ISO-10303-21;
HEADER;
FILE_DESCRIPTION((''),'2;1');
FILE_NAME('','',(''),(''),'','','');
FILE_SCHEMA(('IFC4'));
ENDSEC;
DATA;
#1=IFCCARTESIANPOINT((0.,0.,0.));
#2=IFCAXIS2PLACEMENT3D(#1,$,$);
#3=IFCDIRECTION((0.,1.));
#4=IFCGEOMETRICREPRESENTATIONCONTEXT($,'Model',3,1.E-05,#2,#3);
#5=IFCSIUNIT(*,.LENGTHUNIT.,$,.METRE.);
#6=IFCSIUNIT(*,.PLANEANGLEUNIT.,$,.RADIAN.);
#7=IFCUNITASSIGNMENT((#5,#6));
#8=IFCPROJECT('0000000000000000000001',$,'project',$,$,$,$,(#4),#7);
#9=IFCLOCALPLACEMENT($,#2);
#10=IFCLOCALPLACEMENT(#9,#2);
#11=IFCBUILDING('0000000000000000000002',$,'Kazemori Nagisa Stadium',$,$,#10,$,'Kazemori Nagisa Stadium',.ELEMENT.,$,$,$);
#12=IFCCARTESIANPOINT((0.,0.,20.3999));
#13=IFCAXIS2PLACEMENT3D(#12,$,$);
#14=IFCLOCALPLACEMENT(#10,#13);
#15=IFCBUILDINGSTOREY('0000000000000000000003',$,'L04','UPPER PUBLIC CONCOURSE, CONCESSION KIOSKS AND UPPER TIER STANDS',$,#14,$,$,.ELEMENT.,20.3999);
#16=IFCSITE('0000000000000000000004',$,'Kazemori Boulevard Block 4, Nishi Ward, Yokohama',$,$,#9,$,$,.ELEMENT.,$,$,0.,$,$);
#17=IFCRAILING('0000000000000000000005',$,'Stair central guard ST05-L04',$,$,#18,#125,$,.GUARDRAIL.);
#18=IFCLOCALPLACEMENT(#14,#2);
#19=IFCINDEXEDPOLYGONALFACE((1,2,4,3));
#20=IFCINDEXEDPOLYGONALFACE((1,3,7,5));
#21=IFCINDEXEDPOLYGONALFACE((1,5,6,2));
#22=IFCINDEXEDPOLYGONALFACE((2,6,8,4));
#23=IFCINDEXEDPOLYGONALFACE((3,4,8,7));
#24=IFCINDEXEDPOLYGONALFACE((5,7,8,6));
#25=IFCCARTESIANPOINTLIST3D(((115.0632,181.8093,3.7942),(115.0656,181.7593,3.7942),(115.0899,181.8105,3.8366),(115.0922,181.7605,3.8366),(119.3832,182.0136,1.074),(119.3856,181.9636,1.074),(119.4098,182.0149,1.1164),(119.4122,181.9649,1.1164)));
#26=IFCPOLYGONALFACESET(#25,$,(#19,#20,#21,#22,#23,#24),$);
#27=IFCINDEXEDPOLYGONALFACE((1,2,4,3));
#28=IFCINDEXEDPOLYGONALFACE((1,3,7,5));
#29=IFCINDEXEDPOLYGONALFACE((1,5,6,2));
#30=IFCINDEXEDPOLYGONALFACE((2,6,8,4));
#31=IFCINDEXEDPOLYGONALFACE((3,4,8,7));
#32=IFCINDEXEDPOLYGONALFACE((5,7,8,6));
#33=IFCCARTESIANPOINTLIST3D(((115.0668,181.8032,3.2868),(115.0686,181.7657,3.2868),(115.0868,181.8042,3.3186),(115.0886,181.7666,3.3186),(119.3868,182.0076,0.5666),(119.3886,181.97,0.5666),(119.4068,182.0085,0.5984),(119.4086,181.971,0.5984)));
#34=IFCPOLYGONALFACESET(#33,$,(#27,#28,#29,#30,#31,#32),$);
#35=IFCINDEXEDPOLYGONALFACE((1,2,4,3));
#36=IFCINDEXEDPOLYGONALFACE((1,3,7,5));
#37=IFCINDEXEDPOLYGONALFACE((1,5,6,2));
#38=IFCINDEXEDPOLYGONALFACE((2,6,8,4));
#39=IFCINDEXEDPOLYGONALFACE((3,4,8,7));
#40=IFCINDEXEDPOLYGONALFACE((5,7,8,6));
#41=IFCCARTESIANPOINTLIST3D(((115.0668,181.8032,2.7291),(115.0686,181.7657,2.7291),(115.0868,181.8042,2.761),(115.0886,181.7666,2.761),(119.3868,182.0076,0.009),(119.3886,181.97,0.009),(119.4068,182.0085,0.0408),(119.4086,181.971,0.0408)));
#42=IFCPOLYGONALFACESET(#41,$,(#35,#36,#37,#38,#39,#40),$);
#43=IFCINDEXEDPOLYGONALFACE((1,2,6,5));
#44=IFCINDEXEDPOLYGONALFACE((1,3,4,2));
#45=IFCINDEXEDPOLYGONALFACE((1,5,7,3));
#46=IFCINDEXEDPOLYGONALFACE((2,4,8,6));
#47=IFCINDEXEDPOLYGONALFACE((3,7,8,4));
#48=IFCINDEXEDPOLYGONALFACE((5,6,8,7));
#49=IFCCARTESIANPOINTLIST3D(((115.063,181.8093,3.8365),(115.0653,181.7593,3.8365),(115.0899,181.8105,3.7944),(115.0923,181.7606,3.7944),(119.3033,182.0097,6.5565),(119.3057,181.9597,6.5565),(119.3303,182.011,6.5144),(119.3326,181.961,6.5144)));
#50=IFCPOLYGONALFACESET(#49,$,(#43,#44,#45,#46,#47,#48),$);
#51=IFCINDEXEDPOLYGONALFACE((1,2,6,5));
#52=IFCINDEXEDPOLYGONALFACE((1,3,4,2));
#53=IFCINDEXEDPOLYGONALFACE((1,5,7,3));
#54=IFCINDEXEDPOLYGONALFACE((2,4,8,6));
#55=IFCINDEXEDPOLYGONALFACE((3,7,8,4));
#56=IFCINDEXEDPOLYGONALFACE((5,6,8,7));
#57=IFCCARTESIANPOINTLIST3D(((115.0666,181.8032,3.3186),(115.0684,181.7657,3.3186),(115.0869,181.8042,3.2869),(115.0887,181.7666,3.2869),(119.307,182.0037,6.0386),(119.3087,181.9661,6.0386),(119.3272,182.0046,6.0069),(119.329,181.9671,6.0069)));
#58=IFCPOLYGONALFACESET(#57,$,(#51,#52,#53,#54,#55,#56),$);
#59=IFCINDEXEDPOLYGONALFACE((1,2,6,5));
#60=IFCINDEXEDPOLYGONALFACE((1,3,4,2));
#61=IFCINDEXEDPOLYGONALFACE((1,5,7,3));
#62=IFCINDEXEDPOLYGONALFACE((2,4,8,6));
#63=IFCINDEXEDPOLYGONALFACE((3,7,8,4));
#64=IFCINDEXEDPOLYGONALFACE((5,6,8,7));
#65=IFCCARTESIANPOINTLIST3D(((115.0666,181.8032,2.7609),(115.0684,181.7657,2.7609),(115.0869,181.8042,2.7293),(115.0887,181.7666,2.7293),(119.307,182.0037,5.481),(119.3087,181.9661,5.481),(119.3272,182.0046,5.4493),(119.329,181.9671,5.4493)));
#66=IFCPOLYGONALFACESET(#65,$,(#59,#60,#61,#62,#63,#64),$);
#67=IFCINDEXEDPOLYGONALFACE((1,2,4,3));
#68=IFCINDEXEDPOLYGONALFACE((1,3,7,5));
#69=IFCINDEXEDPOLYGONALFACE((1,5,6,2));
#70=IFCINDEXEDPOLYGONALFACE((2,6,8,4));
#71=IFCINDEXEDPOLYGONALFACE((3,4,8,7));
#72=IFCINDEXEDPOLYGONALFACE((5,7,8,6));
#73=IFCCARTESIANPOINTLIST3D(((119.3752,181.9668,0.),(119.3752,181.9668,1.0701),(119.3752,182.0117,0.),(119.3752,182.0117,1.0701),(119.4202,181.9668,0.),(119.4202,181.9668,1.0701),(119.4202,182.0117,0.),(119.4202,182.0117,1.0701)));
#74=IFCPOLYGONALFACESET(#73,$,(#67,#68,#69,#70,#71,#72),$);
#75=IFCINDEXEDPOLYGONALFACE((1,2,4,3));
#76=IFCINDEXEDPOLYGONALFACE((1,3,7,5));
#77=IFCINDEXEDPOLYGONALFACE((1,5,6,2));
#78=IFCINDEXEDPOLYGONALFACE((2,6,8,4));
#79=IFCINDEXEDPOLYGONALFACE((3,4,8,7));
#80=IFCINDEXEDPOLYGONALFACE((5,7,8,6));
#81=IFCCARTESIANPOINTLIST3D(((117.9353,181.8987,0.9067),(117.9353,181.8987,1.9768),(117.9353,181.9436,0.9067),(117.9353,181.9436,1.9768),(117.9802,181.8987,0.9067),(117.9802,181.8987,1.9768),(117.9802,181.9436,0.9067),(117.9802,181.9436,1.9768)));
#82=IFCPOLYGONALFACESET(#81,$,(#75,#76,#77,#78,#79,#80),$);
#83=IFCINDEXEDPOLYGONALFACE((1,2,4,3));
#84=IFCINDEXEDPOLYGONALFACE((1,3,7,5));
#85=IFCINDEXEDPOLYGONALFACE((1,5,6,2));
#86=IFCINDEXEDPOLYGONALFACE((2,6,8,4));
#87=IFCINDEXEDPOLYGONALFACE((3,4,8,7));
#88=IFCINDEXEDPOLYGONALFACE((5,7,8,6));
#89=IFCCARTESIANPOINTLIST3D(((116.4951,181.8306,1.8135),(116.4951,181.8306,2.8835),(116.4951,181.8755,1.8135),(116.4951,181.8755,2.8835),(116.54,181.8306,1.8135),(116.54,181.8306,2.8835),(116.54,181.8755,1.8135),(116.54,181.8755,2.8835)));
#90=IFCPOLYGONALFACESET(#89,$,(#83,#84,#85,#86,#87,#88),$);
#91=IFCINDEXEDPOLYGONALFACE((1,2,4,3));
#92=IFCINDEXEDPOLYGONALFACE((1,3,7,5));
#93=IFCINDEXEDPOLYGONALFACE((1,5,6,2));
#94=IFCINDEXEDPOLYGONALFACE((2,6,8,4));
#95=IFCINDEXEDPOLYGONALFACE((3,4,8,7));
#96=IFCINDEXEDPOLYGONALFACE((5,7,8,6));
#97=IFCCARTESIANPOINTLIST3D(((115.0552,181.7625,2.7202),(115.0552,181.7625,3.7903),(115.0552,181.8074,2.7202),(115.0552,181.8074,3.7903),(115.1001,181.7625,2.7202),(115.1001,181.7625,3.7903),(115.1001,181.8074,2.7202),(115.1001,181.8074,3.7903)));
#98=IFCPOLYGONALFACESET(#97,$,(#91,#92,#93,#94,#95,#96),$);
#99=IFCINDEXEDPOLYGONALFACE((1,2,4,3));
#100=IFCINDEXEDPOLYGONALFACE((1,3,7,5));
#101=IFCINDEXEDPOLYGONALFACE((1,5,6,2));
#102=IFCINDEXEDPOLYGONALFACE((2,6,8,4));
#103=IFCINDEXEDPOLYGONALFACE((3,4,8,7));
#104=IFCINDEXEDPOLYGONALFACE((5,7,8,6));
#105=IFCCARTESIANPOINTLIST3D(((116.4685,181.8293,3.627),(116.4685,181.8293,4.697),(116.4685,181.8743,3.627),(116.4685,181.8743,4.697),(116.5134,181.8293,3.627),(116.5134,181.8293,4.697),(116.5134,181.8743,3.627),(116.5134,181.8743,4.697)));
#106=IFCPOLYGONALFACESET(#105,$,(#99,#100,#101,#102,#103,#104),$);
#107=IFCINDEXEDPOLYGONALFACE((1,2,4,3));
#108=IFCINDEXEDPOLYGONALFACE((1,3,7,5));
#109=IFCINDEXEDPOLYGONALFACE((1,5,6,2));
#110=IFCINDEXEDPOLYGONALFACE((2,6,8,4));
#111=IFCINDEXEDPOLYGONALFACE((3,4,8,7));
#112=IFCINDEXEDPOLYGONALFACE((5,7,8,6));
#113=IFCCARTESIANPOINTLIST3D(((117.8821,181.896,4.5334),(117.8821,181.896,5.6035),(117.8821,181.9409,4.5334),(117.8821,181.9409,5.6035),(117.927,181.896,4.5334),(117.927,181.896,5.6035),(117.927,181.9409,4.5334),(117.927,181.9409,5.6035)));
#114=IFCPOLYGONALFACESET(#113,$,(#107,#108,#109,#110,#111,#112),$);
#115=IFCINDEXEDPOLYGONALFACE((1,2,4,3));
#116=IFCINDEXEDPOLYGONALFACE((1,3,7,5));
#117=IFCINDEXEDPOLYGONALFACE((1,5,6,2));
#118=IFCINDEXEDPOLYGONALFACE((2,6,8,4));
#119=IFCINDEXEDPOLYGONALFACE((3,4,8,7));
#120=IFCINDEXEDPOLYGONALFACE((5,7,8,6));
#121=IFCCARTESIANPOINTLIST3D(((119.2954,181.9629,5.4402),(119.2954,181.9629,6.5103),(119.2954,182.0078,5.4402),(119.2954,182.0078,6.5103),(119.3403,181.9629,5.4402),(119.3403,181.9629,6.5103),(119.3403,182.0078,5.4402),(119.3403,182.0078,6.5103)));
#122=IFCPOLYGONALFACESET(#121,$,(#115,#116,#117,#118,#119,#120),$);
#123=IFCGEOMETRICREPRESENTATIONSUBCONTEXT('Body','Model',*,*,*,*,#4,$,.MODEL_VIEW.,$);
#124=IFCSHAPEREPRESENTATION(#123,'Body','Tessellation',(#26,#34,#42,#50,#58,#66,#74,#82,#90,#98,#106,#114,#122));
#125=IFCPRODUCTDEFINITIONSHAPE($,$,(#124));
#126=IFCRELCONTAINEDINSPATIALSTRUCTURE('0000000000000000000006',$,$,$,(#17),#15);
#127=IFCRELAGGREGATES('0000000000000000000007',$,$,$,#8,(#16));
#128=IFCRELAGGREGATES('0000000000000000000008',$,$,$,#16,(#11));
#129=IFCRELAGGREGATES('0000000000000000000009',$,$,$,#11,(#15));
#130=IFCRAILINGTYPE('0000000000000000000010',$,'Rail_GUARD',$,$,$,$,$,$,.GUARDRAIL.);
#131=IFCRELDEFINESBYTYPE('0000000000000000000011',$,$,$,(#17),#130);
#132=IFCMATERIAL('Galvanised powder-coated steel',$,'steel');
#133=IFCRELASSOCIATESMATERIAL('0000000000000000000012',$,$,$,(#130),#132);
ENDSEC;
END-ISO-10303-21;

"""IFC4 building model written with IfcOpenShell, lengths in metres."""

from ifc_helpers import new_model, si_unit, direction, frame, origin, origin_2d, place, context, subcontext, project, spatial, rectangle, extrude, material, type_object, element, save


model = new_model("IFC4")

# Units and contexts
model_context = context("Model", 3, precision=1e-05, world=origin(), true_north=direction((0.0, 1.0)))
body_context = subcontext(model_context, "Body", "Model", "MODEL_VIEW")
ifc_project = project(units=[si_unit("LENGTHUNIT", "METRE"), si_unit("PLANEANGLEUNIT", "RADIAN")], contexts=[model_context])

# Site, building, storey
site_placement = place(None, origin())
site = spatial("IfcSite", under=ifc_project, at=site_placement, Name="Kazemori Boulevard Block 4, Nishi Ward, Yokohama", CompositionType="ELEMENT", RefElevation=0.0)
building_placement = place(site_placement, origin())
building = spatial("IfcBuilding", under=site, at=building_placement, Name="Kazemori Nagisa Stadium", LongName="Kazemori Nagisa Stadium", CompositionType="ELEMENT")
storey_placement = place(building_placement, frame((0.0, 0.0, 20.3999)))
storey = spatial("IfcBuildingStorey", under=building, at=storey_placement, Name="L04", Description="UPPER PUBLIC CONCOURSE, CONCESSION KIOSKS AND UPPER TIER STANDS", CompositionType="ELEMENT", Elevation=20.3999)

# Railing
ifc_material_1 = material(Name="Galvanised powder-coated steel", Category="steel")
railing_type_1 = type_object("IfcRailingType", Name="Rail_GUARD", PredefinedType="GUARDRAIL", material=ifc_material_1)
railing_1_placement = place(storey_placement, frame((119.3977, 181.9893, 0.0)))
element("IfcRailing", 1, at=railing_1_placement, inside=storey, type_object=railing_type_1, Name="Stair central guard ST05-L04", PredefinedType="GUARDRAIL", context=body_context, shape_type="SweptSolid", body=[
    extrude(rectangle(XDim=0.05, YDim=0.05, at=origin_2d()), frame((0.0, 0.0, 1.0952), z_axis=(-0.845541, -0.039995, 0.532411), x_axis=(0.047249, -0.998883, 0.0)), (0.0, 0.0, 1.0), 5.1091),
    extrude(rectangle(XDim=0.0376, YDim=0.0376, at=origin_2d()), frame((0.0, 0.0, 0.5825), z_axis=(-0.845541, -0.039995, 0.532411), x_axis=(0.047249, -0.998883, 0.0)), (0.0, 0.0, 1.0), 5.1091),
    extrude(rectangle(XDim=0.0376, YDim=0.0376, at=origin_2d()), frame((0.0, 0.0, 0.0249), z_axis=(-0.845541, -0.039995, 0.532411), x_axis=(0.047249, -0.998883, 0.0)), (0.0, 0.0, 1.0), 5.1091),
    extrude(rectangle(XDim=0.05, YDim=0.05, at=origin_2d()), frame((-4.3201, -0.2043, 3.8154), z_axis=(0.841045, 0.039757, 0.539503), x_axis=(-0.047218, 0.998885, 0.0)), (0.0, 0.0, 1.0), 5.0417),
    extrude(rectangle(XDim=0.0376, YDim=0.0376, at=origin_2d()), frame((-4.3201, -0.2043, 3.3027), z_axis=(0.841045, 0.039757, 0.539503), x_axis=(-0.047218, 0.998885, 0.0)), (0.0, 0.0, 1.0), 5.0417),
    extrude(rectangle(XDim=0.0376, YDim=0.0376, at=origin_2d()), frame((-4.3201, -0.2043, 2.7451), z_axis=(0.841045, 0.039757, 0.539503), x_axis=(-0.047218, 0.998885, 0.0)), (0.0, 0.0, 1.0), 5.0417),
    extrude(rectangle(XDim=0.0449, YDim=0.0449, at=origin_2d()), origin(), (0.0, 0.0, 1.0), 1.0701),
    extrude(rectangle(XDim=0.0449, YDim=0.0449, at=origin_2d()), frame((-1.4399, -0.0681, 0.9067)), (0.0, 0.0, 1.0), 1.0701),
    extrude(rectangle(XDim=0.0449, YDim=0.0449, at=origin_2d()), frame((-2.8801, -0.1362, 1.8135)), (0.0, 0.0, 1.0), 1.0701),
    extrude(rectangle(XDim=0.0449, YDim=0.0449, at=origin_2d()), frame((-4.3201, -0.2043, 2.7202)), (0.0, 0.0, 1.0), 1.0701),
    extrude(rectangle(XDim=0.0449, YDim=0.0449, at=origin_2d()), frame((-2.9067, -0.1375, 3.627)), (0.0, 0.0, 1.0), 1.0701),
    extrude(rectangle(XDim=0.0449, YDim=0.0449, at=origin_2d()), frame((-1.4932, -0.0708, 4.5334)), (0.0, 0.0, 1.0), 1.0701),
    extrude(rectangle(XDim=0.0449, YDim=0.0449, at=origin_2d()), frame((-0.0798, -0.0039, 5.4402)), (0.0, 0.0, 1.0), 1.0701),
])

save(model, "model.ifc")
